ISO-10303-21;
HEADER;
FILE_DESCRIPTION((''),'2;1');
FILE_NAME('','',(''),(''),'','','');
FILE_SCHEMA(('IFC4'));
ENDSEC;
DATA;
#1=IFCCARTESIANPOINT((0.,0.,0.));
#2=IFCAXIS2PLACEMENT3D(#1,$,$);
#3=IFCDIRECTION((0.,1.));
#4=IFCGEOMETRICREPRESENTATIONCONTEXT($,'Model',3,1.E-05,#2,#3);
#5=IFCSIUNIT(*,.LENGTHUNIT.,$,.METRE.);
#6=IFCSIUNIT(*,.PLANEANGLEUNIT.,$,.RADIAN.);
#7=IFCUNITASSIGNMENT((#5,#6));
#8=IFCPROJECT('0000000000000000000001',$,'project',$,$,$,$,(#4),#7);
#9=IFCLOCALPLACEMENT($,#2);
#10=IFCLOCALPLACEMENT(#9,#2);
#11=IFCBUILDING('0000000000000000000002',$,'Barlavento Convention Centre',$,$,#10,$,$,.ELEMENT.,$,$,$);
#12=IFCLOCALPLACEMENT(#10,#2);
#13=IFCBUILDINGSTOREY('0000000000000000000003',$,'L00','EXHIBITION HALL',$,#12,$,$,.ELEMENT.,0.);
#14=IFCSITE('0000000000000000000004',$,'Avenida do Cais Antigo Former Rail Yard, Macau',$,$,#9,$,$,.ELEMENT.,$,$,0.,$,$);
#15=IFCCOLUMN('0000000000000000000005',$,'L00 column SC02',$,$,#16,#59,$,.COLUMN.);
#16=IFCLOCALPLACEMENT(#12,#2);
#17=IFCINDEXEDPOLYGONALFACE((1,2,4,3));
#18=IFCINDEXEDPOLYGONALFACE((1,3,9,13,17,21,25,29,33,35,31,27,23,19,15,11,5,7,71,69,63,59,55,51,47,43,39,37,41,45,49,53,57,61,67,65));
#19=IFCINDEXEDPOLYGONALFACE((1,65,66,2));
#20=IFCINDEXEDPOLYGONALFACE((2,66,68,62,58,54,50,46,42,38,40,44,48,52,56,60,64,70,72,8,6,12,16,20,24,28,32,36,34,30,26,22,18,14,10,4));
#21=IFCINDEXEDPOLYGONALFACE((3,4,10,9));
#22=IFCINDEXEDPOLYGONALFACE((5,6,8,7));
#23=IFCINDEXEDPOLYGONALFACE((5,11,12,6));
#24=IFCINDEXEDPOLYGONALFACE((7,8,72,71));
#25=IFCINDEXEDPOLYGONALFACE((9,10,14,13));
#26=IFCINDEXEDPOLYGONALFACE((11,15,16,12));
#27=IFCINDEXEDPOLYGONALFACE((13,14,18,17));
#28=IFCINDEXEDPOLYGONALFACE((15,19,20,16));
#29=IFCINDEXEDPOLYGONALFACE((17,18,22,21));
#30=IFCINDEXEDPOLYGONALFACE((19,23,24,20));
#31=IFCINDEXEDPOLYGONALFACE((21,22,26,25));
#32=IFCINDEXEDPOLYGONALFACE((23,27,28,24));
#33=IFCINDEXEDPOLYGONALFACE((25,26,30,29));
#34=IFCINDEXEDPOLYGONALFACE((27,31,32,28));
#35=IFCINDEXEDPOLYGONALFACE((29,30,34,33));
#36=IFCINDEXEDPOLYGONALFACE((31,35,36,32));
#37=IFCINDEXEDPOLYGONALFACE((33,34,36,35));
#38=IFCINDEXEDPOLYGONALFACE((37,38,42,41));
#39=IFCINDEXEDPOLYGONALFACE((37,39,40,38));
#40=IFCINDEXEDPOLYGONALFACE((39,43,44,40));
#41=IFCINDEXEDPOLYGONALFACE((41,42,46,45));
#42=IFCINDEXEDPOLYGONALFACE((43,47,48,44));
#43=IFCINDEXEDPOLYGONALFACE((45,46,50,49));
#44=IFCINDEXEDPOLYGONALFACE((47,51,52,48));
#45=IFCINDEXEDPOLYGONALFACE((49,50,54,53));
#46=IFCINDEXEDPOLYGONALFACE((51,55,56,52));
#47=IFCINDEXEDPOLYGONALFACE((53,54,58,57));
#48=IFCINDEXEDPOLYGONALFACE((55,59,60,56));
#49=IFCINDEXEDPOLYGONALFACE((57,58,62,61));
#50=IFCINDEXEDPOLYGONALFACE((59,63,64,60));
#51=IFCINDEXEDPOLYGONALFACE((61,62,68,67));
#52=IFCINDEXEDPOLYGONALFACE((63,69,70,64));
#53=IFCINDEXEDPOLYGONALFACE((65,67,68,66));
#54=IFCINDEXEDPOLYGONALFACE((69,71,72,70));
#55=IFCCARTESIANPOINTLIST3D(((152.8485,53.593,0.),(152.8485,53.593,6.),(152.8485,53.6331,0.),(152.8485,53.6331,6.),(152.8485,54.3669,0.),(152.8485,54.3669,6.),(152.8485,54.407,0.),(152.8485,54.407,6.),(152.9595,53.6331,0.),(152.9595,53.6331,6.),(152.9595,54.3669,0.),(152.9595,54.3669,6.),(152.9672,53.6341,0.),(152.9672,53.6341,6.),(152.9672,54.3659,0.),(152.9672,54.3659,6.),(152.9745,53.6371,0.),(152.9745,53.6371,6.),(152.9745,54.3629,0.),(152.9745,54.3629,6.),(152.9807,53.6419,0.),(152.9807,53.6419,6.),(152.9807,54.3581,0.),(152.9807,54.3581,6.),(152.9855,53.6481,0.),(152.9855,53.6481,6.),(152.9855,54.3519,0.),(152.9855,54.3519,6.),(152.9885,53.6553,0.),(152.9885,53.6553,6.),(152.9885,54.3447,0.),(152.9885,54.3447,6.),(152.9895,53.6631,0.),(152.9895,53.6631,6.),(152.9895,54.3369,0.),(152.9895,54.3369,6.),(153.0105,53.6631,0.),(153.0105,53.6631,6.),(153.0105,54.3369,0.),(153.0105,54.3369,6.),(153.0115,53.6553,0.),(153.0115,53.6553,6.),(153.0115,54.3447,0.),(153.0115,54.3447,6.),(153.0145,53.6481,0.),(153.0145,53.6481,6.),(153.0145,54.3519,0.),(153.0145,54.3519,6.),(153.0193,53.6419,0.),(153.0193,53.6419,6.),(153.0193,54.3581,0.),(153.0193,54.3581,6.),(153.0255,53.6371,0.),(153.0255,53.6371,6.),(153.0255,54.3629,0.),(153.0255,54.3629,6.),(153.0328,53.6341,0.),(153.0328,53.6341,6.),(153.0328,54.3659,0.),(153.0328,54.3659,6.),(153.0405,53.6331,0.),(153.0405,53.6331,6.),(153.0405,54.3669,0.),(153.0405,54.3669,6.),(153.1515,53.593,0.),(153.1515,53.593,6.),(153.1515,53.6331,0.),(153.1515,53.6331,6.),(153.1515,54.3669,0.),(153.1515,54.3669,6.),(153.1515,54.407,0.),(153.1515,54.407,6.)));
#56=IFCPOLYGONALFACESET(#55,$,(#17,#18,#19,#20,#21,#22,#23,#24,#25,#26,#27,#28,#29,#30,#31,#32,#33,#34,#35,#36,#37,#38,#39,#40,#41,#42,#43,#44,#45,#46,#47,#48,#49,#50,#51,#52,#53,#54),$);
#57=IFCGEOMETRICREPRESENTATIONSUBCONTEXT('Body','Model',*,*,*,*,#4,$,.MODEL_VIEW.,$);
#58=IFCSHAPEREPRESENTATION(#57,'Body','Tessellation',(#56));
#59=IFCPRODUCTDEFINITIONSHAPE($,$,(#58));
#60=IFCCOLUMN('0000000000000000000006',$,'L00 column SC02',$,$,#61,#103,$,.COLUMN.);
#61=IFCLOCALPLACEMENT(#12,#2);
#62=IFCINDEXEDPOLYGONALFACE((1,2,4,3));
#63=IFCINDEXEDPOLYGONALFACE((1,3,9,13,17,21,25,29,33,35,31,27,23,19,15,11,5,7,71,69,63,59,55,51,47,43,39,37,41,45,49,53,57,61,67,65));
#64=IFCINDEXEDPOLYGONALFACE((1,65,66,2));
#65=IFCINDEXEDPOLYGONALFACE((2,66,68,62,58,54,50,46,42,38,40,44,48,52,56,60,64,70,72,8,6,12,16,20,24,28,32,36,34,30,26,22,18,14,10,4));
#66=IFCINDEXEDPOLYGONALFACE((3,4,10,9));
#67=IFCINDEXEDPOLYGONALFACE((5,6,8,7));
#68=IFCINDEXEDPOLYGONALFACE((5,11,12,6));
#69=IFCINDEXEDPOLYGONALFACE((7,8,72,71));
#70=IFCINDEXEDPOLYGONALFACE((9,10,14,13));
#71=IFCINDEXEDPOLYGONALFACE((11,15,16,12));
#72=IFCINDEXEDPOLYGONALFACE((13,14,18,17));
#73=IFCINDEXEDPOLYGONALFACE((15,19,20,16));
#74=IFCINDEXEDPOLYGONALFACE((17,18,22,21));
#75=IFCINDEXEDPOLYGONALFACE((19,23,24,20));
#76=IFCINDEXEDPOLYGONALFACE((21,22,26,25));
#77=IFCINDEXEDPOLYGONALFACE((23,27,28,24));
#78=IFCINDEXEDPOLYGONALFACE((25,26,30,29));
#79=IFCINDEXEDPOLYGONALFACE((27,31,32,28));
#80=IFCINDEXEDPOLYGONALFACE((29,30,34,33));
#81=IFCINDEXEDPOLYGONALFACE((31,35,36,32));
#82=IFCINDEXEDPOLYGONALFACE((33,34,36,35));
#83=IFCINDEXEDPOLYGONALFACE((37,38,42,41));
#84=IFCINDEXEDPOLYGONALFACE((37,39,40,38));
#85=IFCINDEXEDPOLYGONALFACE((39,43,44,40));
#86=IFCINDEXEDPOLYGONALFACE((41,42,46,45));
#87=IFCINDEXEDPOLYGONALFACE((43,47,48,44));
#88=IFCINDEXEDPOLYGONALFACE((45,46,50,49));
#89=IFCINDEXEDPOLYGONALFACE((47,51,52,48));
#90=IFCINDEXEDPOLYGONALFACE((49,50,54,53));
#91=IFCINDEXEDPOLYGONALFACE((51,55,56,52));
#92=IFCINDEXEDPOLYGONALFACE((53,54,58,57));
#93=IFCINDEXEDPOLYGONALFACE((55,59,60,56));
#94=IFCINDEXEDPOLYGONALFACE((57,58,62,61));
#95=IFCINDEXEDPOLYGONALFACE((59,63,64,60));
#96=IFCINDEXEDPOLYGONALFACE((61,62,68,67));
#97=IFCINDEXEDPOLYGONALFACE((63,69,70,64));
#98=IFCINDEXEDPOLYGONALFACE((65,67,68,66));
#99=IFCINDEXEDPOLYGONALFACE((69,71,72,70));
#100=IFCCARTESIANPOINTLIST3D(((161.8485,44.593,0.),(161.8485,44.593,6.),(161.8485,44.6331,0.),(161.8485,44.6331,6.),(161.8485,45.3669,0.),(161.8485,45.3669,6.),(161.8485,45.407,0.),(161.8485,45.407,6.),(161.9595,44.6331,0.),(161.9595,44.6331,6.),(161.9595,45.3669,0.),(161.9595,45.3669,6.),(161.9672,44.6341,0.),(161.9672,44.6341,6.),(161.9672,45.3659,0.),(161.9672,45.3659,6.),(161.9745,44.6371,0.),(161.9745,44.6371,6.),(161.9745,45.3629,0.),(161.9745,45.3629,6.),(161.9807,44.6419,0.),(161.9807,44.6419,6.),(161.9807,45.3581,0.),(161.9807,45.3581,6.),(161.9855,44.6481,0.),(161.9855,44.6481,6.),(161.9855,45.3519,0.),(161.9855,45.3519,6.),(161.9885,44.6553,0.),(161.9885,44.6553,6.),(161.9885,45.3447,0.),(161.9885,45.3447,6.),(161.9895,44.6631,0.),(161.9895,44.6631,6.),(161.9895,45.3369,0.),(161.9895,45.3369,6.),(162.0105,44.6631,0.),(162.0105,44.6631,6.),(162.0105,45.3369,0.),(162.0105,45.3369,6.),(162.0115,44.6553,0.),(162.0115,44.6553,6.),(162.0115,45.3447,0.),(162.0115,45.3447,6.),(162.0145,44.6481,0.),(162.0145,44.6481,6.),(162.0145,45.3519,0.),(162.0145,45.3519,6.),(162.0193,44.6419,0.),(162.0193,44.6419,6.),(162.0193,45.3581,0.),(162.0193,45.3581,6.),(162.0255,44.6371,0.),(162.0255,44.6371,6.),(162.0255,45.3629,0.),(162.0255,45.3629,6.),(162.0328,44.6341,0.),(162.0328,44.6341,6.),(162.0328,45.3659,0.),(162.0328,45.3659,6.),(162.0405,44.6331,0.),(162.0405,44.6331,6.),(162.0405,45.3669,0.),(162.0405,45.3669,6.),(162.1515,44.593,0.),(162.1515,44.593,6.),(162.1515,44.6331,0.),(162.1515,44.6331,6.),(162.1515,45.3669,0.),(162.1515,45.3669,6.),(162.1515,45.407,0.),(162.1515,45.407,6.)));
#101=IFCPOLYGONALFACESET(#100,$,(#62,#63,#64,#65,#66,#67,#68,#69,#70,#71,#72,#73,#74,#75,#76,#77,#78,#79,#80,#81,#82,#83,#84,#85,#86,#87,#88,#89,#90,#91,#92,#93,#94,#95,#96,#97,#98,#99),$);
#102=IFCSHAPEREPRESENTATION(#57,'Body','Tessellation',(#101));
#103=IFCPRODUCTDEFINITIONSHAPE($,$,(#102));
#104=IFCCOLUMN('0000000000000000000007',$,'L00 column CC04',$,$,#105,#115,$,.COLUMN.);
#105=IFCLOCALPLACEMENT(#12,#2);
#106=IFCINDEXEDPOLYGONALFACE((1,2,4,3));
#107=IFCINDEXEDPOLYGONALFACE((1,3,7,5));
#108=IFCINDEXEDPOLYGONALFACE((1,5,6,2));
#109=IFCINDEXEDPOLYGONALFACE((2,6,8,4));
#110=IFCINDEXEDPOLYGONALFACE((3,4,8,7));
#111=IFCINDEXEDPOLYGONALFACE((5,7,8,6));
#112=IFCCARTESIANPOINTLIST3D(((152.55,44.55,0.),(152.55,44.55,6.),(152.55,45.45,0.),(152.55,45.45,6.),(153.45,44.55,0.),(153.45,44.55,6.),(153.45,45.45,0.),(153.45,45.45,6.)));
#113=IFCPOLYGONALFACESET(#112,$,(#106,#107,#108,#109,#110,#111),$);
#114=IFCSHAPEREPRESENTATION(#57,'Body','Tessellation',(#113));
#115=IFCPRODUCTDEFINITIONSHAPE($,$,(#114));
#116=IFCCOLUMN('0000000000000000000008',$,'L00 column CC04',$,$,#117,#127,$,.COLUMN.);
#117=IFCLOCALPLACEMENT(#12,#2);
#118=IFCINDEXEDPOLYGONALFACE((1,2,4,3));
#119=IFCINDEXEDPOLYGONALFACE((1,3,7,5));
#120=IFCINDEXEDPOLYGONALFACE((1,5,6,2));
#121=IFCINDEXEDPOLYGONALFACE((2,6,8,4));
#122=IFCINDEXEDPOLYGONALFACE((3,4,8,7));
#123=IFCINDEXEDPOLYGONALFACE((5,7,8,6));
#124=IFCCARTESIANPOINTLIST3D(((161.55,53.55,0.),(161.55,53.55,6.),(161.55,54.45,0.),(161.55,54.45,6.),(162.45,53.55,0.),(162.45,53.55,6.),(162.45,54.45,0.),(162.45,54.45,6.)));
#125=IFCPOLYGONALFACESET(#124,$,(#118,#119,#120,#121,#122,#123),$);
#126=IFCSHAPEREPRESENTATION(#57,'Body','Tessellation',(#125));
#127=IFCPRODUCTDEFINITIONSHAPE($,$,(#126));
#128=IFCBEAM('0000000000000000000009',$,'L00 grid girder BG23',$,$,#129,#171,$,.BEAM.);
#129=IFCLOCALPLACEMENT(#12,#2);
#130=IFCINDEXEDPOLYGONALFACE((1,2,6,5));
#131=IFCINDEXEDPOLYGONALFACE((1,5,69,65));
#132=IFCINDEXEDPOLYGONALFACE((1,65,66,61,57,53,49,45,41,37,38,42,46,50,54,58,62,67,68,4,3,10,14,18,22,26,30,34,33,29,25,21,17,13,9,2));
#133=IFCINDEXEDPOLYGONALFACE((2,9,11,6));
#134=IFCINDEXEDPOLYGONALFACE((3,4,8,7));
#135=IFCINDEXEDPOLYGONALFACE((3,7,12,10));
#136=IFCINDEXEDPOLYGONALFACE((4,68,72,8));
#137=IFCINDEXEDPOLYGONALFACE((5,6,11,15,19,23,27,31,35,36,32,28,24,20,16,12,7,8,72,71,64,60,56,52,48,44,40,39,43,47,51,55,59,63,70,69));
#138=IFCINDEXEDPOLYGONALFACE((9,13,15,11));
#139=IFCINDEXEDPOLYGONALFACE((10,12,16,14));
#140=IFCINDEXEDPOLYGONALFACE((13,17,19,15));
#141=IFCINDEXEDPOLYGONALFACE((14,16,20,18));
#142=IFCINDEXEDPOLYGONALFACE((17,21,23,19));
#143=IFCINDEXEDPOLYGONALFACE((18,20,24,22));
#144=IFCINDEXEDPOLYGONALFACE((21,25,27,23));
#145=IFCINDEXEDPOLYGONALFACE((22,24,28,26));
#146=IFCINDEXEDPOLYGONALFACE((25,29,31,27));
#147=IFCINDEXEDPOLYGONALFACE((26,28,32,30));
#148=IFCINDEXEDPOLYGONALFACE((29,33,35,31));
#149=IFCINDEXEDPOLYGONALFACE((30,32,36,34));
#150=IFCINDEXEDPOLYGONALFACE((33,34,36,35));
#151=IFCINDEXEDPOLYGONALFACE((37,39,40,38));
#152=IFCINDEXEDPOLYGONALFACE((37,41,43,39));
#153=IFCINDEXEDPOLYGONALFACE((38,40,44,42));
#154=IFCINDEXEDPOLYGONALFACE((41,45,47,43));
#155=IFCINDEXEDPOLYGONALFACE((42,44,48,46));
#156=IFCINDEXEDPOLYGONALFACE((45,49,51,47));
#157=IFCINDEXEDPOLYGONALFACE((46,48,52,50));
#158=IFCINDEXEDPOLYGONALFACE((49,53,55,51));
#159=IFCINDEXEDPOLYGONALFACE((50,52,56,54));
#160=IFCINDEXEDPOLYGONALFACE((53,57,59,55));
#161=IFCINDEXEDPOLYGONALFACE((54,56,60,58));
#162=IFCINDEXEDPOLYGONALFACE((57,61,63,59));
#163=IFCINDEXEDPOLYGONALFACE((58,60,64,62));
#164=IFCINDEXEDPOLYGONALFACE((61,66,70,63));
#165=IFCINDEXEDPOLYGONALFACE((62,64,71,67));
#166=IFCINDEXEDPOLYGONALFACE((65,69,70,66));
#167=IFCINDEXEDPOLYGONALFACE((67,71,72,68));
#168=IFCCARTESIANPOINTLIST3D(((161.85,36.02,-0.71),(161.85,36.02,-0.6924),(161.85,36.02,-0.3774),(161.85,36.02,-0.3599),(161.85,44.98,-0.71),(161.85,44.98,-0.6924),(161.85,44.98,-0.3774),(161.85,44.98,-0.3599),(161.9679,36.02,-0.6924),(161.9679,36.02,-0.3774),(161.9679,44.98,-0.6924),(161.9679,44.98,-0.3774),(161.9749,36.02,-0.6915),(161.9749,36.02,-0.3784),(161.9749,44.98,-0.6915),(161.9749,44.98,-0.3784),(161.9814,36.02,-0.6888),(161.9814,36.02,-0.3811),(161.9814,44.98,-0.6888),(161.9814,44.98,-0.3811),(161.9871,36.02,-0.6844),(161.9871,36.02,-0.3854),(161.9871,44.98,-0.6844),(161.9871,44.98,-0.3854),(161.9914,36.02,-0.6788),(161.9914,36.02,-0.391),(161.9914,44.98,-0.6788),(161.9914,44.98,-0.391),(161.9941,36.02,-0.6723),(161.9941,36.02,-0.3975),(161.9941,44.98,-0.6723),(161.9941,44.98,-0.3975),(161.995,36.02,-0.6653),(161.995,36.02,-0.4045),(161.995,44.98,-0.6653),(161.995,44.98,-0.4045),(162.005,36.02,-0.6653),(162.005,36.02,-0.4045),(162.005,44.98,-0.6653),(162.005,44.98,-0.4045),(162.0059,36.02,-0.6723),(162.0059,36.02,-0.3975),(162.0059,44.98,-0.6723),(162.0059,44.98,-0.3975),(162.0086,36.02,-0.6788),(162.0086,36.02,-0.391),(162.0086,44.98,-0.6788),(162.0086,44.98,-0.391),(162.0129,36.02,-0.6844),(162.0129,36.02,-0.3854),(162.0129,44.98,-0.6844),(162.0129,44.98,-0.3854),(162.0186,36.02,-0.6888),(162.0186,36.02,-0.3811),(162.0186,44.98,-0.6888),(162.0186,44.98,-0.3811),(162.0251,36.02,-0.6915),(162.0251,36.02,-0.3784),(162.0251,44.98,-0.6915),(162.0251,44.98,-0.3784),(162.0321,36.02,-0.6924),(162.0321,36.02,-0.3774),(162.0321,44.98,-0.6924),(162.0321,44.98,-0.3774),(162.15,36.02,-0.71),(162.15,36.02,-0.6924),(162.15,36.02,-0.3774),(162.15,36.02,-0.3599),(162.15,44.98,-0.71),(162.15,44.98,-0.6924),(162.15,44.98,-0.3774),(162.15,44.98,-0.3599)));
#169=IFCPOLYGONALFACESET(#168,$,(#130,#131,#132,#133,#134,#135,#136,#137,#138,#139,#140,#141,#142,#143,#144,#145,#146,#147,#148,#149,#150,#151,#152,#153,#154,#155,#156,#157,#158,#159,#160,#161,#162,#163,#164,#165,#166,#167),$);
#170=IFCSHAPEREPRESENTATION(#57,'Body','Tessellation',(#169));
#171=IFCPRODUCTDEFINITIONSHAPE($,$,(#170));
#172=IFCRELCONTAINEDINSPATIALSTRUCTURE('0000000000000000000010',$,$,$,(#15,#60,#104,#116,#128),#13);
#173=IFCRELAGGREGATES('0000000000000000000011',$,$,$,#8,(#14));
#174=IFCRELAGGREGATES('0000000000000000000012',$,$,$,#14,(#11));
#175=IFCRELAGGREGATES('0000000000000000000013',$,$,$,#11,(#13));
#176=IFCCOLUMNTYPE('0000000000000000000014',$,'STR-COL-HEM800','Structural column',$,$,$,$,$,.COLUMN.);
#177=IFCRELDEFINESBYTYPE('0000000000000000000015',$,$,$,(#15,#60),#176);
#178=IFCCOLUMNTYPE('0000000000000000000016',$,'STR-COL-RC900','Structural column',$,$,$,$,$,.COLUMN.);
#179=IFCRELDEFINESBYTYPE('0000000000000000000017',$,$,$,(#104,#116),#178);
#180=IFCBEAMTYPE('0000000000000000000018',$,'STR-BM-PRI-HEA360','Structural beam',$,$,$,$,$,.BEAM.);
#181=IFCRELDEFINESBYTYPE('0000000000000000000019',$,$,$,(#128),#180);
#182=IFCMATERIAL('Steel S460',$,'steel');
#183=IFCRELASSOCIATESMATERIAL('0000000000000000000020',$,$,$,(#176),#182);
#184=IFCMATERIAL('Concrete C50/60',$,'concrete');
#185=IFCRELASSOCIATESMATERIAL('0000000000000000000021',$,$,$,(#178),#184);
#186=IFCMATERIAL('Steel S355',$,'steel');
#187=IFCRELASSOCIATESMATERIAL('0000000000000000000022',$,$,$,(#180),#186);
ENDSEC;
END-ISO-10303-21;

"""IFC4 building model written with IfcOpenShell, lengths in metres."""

from ifc_helpers import new_model, si_unit, direction, frame, origin, origin_2d, place, context, subcontext, project, spatial, rectangle, i_section, extrude, material, material_profile, profile_set, type_object, element, save


model = new_model("IFC4")

# Units and contexts
model_context = context("Model", 3, precision=1e-05, world=origin(), true_north=direction((0.0, 1.0)))
body_context = subcontext(model_context, "Body", "Model", "MODEL_VIEW")
ifc_project = project(units=[si_unit("LENGTHUNIT", "METRE"), si_unit("PLANEANGLEUNIT", "RADIAN")], contexts=[model_context])

# Site, building, storey
site_placement = place(None, origin())
site = spatial("IfcSite", under=ifc_project, at=site_placement, Name="Avenida do Cais Antigo Former Rail Yard, Macau", CompositionType="ELEMENT", RefElevation=0.0)
building_placement = place(site_placement, origin())
building = spatial("IfcBuilding", under=site, at=building_placement, Name="Barlavento Convention Centre", CompositionType="ELEMENT")
storey_placement = place(building_placement, origin())
storey = spatial("IfcBuildingStorey", under=building, at=storey_placement, Name="L00", Description="EXHIBITION HALL", CompositionType="ELEMENT", Elevation=0.0)

# Columns
ifc_material_1 = material(Name="Steel S460", Category="steel")
ifc_material_profile_1 = material_profile(ifc_material_1, i_section(OverallWidth=0.303, OverallDepth=0.814, WebThickness=0.021, FlangeThickness=0.04, FilletRadius=0.03, at=origin_2d()), Name="HEM 800")
ifc_profile_set_1 = profile_set([ifc_material_profile_1], Name="Steel S460")
column_type_1 = type_object("IfcColumnType", Name="STR-COL-HEM800", Description="Structural column", PredefinedType="COLUMN", material=ifc_profile_set_1)
for number, where, z_axis, x_axis, name in (
    (1, (153.0, 54.0, 0.0), (0.0, 0.0, 1.0), (1.0, 0.0, 0.0), "L00 column SC02"),
    (2, (162.0, 45.0, 0.0), (0.0, 0.0, 1.0), (1.0, 0.0, 0.0), "L00 column SC02"),
):
    element("IfcColumn", number, at=place(storey_placement, frame(where, z_axis=z_axis, x_axis=x_axis)), inside=storey, type_object=column_type_1, Name=name, PredefinedType="COLUMN", context=body_context, shape_type="SweptSolid", body=[
        extrude(i_section(OverallWidth=0.303, OverallDepth=0.814, WebThickness=0.021, FlangeThickness=0.04, FilletRadius=0.03, at=origin_2d()), origin(), (0.0, 0.0, 1.0), 6.0),
    ])
ifc_material_2 = material(Name="Concrete C50/60", Category="concrete")
ifc_material_profile_2 = material_profile(ifc_material_2, rectangle(XDim=0.8999, YDim=0.8999, at=origin_2d()), Name="RC 900x900")
ifc_profile_set_2 = profile_set([ifc_material_profile_2], Name="Concrete C50/60")
column_type_2 = type_object("IfcColumnType", Name="STR-COL-RC900", Description="Structural column", PredefinedType="COLUMN", material=ifc_profile_set_2)
for number, where, z_axis, x_axis, name in (
    (3, (153.0, 45.0, 0.0), (0.0, 0.0, 1.0), (1.0, 0.0, 0.0), "L00 column CC04"),
    (4, (162.0, 54.0, 0.0), (0.0, 0.0, 1.0), (1.0, 0.0, 0.0), "L00 column CC04"),
):
    element("IfcColumn", number, at=place(storey_placement, frame(where, z_axis=z_axis, x_axis=x_axis)), inside=storey, type_object=column_type_2, Name=name, PredefinedType="COLUMN", context=body_context, shape_type="SweptSolid", body=[
        extrude(rectangle(XDim=0.8999, YDim=0.8999, at=origin_2d()), origin(), (0.0, 0.0, 1.0), 6.0),
    ])

# Beam
ifc_material_3 = material(Name="Steel S355", Category="steel")
ifc_material_profile_3 = material_profile(ifc_material_3, i_section(OverallWidth=0.3, OverallDepth=0.3501, WebThickness=0.01, FlangeThickness=0.0176, FilletRadius=0.0271, at=origin_2d()), Name="HEA 360")
ifc_profile_set_3 = profile_set([ifc_material_profile_3], Name="Steel S355")
beam_type_1 = type_object("IfcBeamType", Name="STR-BM-PRI-HEA360", Description="Structural beam", PredefinedType="BEAM", material=ifc_profile_set_3)
beam_1_placement = place(storey_placement, frame((162.0, 36.02, -0.5349), z_axis=(0.0, 1.0, 0.0), x_axis=(-1.0, 0.0, 0.0)))
element("IfcBeam", 5, at=beam_1_placement, inside=storey, type_object=beam_type_1, Name="L00 grid girder BG23", PredefinedType="BEAM", context=body_context, shape_type="SweptSolid", body=[
    extrude(i_section(OverallWidth=0.3, OverallDepth=0.3501, WebThickness=0.01, FlangeThickness=0.0176, FilletRadius=0.0271, at=origin_2d()), origin(), (0.0, 0.0, 1.0), 8.96),
])

save(model, "model.ifc")
